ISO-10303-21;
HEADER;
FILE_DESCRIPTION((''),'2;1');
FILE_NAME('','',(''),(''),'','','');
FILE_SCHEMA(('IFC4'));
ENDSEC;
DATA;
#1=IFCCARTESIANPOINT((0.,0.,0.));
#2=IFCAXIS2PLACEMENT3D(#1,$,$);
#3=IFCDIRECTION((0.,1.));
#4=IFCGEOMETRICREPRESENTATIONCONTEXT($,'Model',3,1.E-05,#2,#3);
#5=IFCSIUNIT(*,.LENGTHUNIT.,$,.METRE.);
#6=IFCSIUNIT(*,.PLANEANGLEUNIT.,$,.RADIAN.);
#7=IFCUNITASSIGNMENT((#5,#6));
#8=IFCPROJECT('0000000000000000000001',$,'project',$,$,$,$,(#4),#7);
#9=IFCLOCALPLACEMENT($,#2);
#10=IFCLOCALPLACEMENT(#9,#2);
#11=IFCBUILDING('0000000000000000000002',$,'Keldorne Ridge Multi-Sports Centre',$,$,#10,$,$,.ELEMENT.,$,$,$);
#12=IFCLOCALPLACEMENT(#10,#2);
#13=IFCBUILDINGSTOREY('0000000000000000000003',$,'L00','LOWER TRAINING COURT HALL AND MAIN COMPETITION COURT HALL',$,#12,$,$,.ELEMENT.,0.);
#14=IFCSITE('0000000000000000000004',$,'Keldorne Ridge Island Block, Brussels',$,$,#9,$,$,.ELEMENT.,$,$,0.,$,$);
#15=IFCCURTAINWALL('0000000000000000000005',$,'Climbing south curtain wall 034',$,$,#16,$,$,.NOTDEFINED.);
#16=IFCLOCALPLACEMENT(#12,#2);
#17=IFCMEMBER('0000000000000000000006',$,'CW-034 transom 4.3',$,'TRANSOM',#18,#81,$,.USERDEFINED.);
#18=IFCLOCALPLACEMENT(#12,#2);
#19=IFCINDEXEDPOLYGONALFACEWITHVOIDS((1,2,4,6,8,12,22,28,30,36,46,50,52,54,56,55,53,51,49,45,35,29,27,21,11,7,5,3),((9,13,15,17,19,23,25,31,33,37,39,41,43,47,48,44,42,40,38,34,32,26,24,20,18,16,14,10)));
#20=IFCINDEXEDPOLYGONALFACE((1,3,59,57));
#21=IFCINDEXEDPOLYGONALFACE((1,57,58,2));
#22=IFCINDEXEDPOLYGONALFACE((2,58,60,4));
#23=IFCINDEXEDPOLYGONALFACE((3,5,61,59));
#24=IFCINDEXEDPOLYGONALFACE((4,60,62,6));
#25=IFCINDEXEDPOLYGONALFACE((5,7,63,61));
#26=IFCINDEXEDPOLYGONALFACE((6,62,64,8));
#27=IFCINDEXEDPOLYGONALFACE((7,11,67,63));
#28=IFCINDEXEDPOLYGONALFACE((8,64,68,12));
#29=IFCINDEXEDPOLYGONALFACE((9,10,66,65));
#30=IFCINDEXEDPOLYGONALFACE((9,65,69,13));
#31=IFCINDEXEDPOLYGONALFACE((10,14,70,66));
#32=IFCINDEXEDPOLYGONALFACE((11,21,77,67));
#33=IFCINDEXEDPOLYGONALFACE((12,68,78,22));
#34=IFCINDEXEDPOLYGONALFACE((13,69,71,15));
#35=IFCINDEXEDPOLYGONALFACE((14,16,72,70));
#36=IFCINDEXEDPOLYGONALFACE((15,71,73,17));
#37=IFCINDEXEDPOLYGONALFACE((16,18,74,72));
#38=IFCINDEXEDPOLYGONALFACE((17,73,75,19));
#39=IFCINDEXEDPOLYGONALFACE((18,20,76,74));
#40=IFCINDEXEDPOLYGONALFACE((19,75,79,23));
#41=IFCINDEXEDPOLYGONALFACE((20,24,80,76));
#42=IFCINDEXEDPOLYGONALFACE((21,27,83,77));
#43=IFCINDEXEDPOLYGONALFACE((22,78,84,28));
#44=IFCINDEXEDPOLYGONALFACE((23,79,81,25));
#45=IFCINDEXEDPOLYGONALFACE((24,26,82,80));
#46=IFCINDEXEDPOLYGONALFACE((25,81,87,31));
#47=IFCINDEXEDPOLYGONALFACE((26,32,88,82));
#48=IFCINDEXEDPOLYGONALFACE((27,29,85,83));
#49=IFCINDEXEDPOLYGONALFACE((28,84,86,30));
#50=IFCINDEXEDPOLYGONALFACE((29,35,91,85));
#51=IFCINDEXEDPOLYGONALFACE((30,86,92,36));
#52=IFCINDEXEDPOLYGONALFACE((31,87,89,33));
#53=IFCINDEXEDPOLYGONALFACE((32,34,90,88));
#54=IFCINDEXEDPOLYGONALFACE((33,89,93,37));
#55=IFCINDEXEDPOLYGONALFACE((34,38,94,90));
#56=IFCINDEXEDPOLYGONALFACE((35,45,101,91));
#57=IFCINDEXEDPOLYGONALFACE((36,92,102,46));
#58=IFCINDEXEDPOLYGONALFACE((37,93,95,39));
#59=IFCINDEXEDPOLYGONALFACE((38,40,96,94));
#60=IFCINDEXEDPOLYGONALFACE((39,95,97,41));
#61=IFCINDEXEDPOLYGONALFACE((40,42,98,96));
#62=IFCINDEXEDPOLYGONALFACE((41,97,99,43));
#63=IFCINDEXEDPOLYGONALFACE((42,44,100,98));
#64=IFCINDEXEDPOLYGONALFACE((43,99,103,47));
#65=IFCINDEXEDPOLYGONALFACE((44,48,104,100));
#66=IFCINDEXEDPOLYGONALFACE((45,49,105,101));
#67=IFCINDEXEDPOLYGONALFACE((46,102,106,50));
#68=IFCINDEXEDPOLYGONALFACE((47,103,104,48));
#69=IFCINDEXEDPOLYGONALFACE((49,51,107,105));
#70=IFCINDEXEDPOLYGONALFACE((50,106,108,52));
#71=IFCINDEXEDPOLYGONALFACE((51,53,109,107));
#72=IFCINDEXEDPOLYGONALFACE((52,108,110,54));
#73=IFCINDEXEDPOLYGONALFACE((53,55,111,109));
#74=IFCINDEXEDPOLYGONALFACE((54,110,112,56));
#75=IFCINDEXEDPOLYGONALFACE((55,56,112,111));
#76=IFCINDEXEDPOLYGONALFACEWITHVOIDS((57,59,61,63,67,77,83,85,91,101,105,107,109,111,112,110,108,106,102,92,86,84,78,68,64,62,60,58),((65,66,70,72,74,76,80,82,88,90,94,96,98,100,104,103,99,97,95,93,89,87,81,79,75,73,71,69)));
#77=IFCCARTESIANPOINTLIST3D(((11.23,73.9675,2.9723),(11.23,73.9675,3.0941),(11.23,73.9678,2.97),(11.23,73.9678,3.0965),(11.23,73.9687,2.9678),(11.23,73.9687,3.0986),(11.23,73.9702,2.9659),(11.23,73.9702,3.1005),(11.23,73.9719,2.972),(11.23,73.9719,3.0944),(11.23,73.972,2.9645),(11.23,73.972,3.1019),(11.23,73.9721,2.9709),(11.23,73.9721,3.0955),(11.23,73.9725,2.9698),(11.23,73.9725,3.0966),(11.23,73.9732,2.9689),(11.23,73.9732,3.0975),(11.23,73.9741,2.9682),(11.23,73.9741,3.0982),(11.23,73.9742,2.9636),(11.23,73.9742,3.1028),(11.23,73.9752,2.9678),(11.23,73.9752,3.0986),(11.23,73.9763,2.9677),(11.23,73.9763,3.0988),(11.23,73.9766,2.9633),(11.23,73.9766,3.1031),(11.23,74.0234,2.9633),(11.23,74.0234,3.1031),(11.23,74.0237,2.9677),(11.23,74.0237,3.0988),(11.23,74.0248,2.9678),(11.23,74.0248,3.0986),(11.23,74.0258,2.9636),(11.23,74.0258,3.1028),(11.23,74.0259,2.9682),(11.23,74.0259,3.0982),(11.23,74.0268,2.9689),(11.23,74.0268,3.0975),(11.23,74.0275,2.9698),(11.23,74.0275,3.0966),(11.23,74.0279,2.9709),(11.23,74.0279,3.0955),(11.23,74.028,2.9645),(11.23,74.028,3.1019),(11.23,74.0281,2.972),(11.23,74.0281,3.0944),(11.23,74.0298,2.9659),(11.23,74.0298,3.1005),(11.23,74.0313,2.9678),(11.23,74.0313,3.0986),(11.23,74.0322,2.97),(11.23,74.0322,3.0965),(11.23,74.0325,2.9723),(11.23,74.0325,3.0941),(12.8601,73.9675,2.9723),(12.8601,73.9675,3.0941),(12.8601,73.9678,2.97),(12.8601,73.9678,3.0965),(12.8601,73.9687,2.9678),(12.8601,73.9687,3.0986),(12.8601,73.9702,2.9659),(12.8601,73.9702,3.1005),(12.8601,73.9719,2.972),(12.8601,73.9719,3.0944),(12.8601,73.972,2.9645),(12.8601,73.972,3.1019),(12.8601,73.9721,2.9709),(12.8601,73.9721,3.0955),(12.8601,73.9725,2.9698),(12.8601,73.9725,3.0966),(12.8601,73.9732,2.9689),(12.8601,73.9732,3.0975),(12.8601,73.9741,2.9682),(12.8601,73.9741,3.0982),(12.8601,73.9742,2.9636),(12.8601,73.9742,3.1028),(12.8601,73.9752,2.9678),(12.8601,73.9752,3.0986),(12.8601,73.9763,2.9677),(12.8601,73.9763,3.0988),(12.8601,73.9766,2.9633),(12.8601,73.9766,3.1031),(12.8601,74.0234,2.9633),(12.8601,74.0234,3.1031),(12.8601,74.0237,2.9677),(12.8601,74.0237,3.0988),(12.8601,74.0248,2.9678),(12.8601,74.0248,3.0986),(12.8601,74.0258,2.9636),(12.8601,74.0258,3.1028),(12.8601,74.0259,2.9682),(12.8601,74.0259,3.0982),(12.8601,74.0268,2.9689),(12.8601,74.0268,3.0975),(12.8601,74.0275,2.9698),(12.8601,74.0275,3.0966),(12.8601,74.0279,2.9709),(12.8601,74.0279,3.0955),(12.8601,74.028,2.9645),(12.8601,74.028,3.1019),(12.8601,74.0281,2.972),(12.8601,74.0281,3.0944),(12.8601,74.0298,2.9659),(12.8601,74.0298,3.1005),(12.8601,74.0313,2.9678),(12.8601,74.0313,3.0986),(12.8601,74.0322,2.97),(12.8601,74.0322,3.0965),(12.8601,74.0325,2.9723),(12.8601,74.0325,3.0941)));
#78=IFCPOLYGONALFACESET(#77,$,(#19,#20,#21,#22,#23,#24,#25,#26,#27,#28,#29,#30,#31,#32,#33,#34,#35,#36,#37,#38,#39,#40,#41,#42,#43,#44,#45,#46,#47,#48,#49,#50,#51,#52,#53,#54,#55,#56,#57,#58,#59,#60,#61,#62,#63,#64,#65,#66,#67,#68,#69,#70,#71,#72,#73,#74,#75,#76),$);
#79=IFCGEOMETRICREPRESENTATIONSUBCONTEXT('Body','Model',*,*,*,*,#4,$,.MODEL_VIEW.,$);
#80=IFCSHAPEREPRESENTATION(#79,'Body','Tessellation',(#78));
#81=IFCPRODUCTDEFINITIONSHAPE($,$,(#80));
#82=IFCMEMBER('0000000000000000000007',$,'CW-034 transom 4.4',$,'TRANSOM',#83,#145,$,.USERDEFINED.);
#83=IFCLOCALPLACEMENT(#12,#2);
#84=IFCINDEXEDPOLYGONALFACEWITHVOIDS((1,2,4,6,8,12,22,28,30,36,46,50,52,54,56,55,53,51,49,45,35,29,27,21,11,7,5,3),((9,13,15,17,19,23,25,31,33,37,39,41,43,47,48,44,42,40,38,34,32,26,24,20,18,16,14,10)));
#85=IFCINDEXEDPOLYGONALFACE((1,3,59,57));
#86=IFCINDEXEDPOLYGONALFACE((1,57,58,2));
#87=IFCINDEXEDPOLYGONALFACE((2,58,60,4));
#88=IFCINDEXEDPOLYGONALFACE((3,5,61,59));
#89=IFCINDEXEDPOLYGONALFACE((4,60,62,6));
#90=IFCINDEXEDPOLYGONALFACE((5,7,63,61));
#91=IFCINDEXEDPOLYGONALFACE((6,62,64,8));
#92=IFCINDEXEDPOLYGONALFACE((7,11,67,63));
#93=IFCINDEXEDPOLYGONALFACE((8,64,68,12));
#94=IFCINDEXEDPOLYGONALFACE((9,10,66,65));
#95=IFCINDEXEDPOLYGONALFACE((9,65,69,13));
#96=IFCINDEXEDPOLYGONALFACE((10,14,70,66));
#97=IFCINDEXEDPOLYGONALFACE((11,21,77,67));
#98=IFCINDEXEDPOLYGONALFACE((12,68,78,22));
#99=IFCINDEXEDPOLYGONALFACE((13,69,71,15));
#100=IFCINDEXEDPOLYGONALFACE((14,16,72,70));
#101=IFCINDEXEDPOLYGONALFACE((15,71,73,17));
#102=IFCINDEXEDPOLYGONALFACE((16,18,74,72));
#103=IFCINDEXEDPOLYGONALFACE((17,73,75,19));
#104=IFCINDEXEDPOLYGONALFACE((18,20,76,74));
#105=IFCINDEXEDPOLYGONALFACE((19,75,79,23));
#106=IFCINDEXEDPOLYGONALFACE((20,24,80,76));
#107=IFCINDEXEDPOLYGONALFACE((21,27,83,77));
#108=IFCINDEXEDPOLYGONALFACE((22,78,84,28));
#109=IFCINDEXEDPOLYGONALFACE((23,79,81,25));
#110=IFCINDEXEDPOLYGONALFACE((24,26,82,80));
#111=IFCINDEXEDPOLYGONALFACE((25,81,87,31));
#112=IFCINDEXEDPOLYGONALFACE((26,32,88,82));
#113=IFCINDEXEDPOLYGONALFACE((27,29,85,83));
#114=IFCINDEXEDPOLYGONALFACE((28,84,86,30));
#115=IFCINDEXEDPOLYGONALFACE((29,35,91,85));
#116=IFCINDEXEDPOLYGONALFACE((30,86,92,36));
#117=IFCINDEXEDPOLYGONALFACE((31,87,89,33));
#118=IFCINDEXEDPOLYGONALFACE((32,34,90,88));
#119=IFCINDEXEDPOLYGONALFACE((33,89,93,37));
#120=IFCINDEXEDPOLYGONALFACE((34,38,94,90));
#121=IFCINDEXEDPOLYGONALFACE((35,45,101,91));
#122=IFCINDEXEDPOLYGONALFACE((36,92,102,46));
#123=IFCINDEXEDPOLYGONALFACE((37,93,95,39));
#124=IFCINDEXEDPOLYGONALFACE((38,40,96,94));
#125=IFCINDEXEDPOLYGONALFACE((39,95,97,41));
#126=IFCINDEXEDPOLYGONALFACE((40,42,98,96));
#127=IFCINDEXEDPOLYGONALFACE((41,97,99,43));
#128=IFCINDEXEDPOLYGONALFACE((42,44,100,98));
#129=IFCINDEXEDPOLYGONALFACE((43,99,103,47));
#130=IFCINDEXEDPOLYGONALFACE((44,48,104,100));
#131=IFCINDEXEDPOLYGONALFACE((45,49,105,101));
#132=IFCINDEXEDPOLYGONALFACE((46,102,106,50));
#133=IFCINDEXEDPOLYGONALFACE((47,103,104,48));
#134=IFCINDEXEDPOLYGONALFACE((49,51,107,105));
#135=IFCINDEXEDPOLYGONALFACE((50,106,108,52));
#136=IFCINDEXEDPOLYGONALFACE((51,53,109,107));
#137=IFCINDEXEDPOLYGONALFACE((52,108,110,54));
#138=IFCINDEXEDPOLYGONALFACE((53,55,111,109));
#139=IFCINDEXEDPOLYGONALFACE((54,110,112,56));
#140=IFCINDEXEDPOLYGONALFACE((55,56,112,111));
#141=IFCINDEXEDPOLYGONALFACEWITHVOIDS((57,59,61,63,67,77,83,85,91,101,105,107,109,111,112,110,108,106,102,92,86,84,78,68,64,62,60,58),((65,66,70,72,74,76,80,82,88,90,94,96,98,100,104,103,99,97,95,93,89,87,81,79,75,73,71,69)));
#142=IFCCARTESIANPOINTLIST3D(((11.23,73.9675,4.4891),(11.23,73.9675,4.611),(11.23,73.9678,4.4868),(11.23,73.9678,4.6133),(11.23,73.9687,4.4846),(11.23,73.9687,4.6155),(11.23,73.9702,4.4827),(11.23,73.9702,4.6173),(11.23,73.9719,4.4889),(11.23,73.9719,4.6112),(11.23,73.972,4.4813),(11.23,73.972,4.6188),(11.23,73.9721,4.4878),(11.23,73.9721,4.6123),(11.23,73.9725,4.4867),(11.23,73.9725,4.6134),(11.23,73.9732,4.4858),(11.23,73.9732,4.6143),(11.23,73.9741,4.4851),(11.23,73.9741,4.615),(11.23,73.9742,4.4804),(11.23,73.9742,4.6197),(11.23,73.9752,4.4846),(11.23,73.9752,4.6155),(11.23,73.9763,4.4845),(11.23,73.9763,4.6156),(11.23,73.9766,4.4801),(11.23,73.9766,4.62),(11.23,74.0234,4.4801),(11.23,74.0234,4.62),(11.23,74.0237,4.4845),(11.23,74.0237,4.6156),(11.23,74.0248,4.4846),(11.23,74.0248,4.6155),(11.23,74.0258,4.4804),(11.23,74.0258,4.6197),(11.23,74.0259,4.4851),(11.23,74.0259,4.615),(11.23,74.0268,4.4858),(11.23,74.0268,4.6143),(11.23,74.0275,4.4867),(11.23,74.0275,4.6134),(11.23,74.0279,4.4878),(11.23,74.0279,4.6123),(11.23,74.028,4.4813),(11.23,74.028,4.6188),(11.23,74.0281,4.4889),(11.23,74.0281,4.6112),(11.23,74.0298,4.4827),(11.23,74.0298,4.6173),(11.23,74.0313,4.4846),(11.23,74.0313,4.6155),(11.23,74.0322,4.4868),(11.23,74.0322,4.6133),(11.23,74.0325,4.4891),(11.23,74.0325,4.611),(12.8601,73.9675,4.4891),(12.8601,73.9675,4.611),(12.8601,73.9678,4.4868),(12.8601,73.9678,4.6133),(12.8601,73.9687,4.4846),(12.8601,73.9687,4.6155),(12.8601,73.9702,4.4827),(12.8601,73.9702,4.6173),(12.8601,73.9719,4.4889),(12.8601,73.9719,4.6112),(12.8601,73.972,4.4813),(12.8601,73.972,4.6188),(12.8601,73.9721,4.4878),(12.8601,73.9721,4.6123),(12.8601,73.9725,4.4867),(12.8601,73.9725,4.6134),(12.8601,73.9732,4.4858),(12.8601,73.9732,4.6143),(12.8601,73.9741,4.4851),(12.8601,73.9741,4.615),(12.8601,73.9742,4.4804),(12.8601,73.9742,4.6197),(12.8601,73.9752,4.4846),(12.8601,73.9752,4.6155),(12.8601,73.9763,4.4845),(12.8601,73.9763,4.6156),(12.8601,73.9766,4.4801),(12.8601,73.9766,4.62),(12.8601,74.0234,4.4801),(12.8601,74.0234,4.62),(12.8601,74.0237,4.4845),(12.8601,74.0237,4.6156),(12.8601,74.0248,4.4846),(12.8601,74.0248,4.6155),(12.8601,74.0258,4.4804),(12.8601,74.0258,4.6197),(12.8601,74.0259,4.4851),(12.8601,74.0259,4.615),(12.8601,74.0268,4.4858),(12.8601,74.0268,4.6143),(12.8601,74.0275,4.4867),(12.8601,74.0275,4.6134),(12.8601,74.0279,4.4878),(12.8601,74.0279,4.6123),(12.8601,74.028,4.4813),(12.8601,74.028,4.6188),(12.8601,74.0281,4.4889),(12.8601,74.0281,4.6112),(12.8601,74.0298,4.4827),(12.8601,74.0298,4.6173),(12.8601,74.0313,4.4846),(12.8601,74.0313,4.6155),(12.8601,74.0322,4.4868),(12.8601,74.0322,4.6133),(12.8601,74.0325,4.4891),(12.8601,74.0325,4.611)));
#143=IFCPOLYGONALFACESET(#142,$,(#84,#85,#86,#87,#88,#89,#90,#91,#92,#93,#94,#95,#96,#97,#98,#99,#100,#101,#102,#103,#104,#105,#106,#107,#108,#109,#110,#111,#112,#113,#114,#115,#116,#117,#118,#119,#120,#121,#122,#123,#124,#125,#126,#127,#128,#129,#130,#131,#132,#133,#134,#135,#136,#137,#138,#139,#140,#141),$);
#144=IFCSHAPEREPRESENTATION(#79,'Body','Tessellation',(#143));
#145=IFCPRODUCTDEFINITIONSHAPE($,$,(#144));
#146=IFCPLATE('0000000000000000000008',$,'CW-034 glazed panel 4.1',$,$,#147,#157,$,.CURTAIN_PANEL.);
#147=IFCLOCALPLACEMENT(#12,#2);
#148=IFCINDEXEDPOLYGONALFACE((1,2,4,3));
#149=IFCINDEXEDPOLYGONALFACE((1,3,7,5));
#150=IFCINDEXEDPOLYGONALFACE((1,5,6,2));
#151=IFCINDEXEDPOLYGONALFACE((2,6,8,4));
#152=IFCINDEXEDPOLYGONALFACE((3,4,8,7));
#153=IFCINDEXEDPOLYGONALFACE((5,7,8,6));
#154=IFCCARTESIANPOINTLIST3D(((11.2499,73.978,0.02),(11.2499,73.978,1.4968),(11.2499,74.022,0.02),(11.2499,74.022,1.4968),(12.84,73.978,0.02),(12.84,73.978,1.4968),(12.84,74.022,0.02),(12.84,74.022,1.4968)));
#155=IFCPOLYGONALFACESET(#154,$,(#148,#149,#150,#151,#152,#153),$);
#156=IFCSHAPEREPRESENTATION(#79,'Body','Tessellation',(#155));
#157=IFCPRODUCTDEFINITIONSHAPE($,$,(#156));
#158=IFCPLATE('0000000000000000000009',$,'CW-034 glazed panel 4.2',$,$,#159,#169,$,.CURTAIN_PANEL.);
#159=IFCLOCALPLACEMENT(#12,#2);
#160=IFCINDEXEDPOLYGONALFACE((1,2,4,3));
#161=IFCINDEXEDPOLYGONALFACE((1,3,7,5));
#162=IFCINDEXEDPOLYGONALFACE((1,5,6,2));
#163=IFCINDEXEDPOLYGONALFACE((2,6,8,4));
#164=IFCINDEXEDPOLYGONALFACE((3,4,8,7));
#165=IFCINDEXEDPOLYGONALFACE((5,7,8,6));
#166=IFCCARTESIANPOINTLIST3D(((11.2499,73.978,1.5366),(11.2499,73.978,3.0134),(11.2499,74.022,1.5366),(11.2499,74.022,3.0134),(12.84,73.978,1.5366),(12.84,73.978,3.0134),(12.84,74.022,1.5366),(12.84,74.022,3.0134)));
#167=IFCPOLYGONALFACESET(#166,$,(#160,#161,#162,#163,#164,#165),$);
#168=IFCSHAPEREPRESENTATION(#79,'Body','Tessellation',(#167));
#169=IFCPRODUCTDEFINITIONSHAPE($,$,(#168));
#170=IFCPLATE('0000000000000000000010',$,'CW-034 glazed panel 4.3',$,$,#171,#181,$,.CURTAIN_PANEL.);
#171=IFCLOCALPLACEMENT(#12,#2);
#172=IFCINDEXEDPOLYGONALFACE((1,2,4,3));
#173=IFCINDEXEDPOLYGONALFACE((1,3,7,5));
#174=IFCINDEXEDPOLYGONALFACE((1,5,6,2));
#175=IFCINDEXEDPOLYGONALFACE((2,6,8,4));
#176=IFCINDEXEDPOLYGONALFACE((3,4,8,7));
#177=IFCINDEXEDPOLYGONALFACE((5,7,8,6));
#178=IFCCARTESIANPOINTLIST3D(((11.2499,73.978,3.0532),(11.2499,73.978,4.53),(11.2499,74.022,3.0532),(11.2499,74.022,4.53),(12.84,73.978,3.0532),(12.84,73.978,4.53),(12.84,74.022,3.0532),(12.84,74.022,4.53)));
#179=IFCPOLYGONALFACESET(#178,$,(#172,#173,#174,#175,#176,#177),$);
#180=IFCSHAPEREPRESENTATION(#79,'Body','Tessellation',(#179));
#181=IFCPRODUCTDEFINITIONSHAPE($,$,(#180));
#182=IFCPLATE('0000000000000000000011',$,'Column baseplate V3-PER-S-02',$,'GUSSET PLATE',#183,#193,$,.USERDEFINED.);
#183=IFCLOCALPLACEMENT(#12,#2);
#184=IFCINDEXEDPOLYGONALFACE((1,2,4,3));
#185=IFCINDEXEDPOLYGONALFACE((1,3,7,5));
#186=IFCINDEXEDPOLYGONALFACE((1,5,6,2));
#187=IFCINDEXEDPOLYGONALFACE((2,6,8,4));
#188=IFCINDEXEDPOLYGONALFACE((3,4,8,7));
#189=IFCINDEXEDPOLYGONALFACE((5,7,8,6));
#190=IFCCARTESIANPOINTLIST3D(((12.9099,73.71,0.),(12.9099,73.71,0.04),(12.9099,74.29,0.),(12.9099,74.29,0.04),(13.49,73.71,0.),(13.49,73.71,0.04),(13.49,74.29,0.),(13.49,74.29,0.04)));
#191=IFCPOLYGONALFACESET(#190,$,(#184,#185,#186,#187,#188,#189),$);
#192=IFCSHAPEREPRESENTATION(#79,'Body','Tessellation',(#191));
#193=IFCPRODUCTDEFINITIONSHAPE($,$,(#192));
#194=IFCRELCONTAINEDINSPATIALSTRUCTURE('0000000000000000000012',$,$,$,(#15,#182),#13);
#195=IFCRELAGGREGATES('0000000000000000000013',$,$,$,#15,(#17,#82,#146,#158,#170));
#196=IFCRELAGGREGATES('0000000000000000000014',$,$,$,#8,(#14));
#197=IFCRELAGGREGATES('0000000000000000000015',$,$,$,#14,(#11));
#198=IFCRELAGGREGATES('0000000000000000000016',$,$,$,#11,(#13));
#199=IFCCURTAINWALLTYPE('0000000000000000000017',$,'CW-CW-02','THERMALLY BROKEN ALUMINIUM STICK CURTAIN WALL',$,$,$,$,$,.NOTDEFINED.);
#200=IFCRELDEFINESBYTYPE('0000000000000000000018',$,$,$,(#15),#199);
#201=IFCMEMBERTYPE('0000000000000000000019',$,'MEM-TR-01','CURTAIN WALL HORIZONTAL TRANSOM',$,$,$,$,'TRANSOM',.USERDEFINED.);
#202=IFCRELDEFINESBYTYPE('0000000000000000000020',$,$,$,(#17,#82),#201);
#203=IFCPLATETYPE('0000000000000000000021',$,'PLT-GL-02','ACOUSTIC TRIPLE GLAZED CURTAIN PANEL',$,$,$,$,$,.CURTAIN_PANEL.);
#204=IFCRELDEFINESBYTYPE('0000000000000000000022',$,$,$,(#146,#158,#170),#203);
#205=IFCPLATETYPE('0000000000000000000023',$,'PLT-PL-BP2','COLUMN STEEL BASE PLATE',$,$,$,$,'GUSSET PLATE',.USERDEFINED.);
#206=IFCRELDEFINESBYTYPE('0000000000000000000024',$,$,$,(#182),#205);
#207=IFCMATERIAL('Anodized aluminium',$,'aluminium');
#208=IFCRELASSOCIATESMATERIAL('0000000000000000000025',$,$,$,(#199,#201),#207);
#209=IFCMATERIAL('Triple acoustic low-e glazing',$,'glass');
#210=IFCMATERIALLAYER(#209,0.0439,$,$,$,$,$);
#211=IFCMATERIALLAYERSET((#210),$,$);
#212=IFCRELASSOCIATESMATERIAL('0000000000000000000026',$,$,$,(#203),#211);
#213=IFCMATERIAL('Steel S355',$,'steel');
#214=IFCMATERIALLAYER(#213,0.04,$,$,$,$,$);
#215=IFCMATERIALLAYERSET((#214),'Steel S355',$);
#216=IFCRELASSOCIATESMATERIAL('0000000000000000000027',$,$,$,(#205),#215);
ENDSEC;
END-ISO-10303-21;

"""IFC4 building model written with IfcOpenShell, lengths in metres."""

from ifc_helpers import new_model, si_unit, direction, frame, origin, origin_2d, place, context, subcontext, project, spatial, rectangle, hollow_rectangle, extrude, material, layer, layer_set, material_profile, profile_set, type_object, element, aggregate, save


model = new_model("IFC4")

# Units and contexts
model_context = context("Model", 3, precision=1e-05, world=origin(), true_north=direction((0.0, 1.0)))
body_context = subcontext(model_context, "Body", "Model", "MODEL_VIEW")
ifc_project = project(units=[si_unit("LENGTHUNIT", "METRE"), si_unit("PLANEANGLEUNIT", "RADIAN")], contexts=[model_context])

# Site, building, storey
site_placement = place(None, origin())
site = spatial("IfcSite", under=ifc_project, at=site_placement, Name="Keldorne Ridge Island Block, Brussels", CompositionType="ELEMENT", RefElevation=0.0)
building_placement = place(site_placement, origin())
building = spatial("IfcBuilding", under=site, at=building_placement, Name="Keldorne Ridge Multi-Sports Centre", CompositionType="ELEMENT")
storey_placement = place(building_placement, origin())
storey = spatial("IfcBuildingStorey", under=building, at=storey_placement, Name="L00", Description="LOWER TRAINING COURT HALL AND MAIN COMPETITION COURT HALL", CompositionType="ELEMENT", Elevation=0.0)

# Shared definitions
ifc_material_1 = material(Name="Steel S355", Category="steel")

# Curtain wall, members, plates
ifc_material_2 = material(Name="Anodized aluminium", Category="aluminium")
curtain_wall_type = type_object("IfcCurtainWallType", Name="CW-CW-02", Description="THERMALLY BROKEN ALUMINIUM STICK CURTAIN WALL", PredefinedType="NOTDEFINED", material=ifc_material_2)
curtain_wall_placement = place(storey_placement, origin())
curtain_wall = element("IfcCurtainWall", 1, at=curtain_wall_placement, inside=storey, type_object=curtain_wall_type, Name="Climbing south curtain wall 034", PredefinedType="NOTDEFINED")
ifc_material_profile_1 = material_profile(ifc_material_2, hollow_rectangle(XDim=0.0649, YDim=0.1399, WallThickness=0.0044, InnerFilletRadius=0.0044, OuterFilletRadius=0.009, at=origin_2d()), Name="ALU TRANSOM 140x65x4.5")
ifc_profile_set_1 = profile_set([ifc_material_profile_1], Name="Anodized aluminium")
member_type_1 = type_object("IfcMemberType", Name="MEM-TR-01", Description="CURTAIN WALL HORIZONTAL TRANSOM", ElementType="TRANSOM", PredefinedType="USERDEFINED", material=ifc_profile_set_1)
member_1_placement = place(storey_placement, frame((11.23, 74.0, 3.0332), z_axis=(1.0, 0.0, 0.0), x_axis=(0.0, 1.0, 0.0)))
member_1 = element("IfcMember", 2, at=member_1_placement, type_object=member_type_1, Name="CW-034 transom 4.3", ObjectType="TRANSOM", PredefinedType="USERDEFINED", context=body_context, shape_type="SweptSolid", body=[
    extrude(hollow_rectangle(XDim=0.0649, YDim=0.1399, WallThickness=0.0044, InnerFilletRadius=0.0044, OuterFilletRadius=0.009, at=origin_2d()), origin(), (0.0, 0.0, 1.0), 1.6301),
])
member_2_placement = place(storey_placement, frame((11.23, 74.0, 4.55), z_axis=(1.0, 0.0, 0.0), x_axis=(0.0, 1.0, 0.0)))
member_2 = element("IfcMember", 3, at=member_2_placement, type_object=member_type_1, Name="CW-034 transom 4.4", ObjectType="TRANSOM", PredefinedType="USERDEFINED", context=body_context, shape_type="SweptSolid", body=[
    extrude(hollow_rectangle(XDim=0.0649, YDim=0.1399, WallThickness=0.0044, InnerFilletRadius=0.0044, OuterFilletRadius=0.009, at=origin_2d()), origin(), (0.0, 0.0, 1.0), 1.6301),
])
ifc_material_3 = material(Name="Triple acoustic low-e glazing", Category="glass")
ifc_layer_1 = layer(ifc_material_3, 0.0439)
ifc_layer_set_1 = layer_set([ifc_layer_1])
plate_type_1 = type_object("IfcPlateType", Name="PLT-GL-02", Description="ACOUSTIC TRIPLE GLAZED CURTAIN PANEL", PredefinedType="CURTAIN_PANEL", material=ifc_layer_set_1)
plate_1_placement = place(storey_placement, frame((12.0449, 74.0, 0.02), z_axis=(0.0, 0.0, 1.0), x_axis=(1.0, 0.0, 0.0)))
plate_1 = element("IfcPlate", 4, at=plate_1_placement, type_object=plate_type_1, Name="CW-034 glazed panel 4.1", PredefinedType="CURTAIN_PANEL", context=body_context, shape_type="SweptSolid", body=[
    extrude(rectangle(XDim=1.5901, YDim=0.0439, at=origin_2d()), origin(), (0.0, 0.0, 1.0), 1.4768),
])
plate_2_placement = place(storey_placement, frame((12.0449, 74.0, 1.5366), z_axis=(0.0, 0.0, 1.0), x_axis=(1.0, 0.0, 0.0)))
plate_2 = element("IfcPlate", 5, at=plate_2_placement, type_object=plate_type_1, Name="CW-034 glazed panel 4.2", PredefinedType="CURTAIN_PANEL", context=body_context, shape_type="SweptSolid", body=[
    extrude(rectangle(XDim=1.5901, YDim=0.0439, at=origin_2d()), origin(), (0.0, 0.0, 1.0), 1.4768),
])
plate_3_placement = place(storey_placement, frame((12.0449, 74.0, 3.0532), z_axis=(0.0, 0.0, 1.0), x_axis=(1.0, 0.0, 0.0)))
plate_3 = element("IfcPlate", 6, at=plate_3_placement, type_object=plate_type_1, Name="CW-034 glazed panel 4.3", PredefinedType="CURTAIN_PANEL", context=body_context, shape_type="SweptSolid", body=[
    extrude(rectangle(XDim=1.5901, YDim=0.0439, at=origin_2d()), origin(), (0.0, 0.0, 1.0), 1.4768),
])
aggregate(curtain_wall, [member_1, member_2, plate_1, plate_2, plate_3])

# Plate
ifc_layer_2 = layer(ifc_material_1, 0.04)
ifc_layer_set_2 = layer_set([ifc_layer_2], Name="Steel S355")
plate_type_2 = type_object("IfcPlateType", Name="PLT-PL-BP2", Description="COLUMN STEEL BASE PLATE", ElementType="GUSSET PLATE", PredefinedType="USERDEFINED", material=ifc_layer_set_2)
for number, where, z_axis, x_axis, name in (
    (7, (13.2, 74.0, 0.0), (0.0, 0.0, 1.0), (1.0, 0.0, 0.0), "Column baseplate V3-PER-S-02"),
):
    element("IfcPlate", number, at=place(storey_placement, frame(where, z_axis=z_axis, x_axis=x_axis)), inside=storey, type_object=plate_type_2, Name=name, ObjectType="GUSSET PLATE", PredefinedType="USERDEFINED", context=body_context, shape_type="SweptSolid", body=[
        extrude(rectangle(XDim=0.5801, YDim=0.5801, at=origin_2d()), origin(), (0.0, 0.0, 1.0), 0.04),
    ])

save(model, "model.ifc")
